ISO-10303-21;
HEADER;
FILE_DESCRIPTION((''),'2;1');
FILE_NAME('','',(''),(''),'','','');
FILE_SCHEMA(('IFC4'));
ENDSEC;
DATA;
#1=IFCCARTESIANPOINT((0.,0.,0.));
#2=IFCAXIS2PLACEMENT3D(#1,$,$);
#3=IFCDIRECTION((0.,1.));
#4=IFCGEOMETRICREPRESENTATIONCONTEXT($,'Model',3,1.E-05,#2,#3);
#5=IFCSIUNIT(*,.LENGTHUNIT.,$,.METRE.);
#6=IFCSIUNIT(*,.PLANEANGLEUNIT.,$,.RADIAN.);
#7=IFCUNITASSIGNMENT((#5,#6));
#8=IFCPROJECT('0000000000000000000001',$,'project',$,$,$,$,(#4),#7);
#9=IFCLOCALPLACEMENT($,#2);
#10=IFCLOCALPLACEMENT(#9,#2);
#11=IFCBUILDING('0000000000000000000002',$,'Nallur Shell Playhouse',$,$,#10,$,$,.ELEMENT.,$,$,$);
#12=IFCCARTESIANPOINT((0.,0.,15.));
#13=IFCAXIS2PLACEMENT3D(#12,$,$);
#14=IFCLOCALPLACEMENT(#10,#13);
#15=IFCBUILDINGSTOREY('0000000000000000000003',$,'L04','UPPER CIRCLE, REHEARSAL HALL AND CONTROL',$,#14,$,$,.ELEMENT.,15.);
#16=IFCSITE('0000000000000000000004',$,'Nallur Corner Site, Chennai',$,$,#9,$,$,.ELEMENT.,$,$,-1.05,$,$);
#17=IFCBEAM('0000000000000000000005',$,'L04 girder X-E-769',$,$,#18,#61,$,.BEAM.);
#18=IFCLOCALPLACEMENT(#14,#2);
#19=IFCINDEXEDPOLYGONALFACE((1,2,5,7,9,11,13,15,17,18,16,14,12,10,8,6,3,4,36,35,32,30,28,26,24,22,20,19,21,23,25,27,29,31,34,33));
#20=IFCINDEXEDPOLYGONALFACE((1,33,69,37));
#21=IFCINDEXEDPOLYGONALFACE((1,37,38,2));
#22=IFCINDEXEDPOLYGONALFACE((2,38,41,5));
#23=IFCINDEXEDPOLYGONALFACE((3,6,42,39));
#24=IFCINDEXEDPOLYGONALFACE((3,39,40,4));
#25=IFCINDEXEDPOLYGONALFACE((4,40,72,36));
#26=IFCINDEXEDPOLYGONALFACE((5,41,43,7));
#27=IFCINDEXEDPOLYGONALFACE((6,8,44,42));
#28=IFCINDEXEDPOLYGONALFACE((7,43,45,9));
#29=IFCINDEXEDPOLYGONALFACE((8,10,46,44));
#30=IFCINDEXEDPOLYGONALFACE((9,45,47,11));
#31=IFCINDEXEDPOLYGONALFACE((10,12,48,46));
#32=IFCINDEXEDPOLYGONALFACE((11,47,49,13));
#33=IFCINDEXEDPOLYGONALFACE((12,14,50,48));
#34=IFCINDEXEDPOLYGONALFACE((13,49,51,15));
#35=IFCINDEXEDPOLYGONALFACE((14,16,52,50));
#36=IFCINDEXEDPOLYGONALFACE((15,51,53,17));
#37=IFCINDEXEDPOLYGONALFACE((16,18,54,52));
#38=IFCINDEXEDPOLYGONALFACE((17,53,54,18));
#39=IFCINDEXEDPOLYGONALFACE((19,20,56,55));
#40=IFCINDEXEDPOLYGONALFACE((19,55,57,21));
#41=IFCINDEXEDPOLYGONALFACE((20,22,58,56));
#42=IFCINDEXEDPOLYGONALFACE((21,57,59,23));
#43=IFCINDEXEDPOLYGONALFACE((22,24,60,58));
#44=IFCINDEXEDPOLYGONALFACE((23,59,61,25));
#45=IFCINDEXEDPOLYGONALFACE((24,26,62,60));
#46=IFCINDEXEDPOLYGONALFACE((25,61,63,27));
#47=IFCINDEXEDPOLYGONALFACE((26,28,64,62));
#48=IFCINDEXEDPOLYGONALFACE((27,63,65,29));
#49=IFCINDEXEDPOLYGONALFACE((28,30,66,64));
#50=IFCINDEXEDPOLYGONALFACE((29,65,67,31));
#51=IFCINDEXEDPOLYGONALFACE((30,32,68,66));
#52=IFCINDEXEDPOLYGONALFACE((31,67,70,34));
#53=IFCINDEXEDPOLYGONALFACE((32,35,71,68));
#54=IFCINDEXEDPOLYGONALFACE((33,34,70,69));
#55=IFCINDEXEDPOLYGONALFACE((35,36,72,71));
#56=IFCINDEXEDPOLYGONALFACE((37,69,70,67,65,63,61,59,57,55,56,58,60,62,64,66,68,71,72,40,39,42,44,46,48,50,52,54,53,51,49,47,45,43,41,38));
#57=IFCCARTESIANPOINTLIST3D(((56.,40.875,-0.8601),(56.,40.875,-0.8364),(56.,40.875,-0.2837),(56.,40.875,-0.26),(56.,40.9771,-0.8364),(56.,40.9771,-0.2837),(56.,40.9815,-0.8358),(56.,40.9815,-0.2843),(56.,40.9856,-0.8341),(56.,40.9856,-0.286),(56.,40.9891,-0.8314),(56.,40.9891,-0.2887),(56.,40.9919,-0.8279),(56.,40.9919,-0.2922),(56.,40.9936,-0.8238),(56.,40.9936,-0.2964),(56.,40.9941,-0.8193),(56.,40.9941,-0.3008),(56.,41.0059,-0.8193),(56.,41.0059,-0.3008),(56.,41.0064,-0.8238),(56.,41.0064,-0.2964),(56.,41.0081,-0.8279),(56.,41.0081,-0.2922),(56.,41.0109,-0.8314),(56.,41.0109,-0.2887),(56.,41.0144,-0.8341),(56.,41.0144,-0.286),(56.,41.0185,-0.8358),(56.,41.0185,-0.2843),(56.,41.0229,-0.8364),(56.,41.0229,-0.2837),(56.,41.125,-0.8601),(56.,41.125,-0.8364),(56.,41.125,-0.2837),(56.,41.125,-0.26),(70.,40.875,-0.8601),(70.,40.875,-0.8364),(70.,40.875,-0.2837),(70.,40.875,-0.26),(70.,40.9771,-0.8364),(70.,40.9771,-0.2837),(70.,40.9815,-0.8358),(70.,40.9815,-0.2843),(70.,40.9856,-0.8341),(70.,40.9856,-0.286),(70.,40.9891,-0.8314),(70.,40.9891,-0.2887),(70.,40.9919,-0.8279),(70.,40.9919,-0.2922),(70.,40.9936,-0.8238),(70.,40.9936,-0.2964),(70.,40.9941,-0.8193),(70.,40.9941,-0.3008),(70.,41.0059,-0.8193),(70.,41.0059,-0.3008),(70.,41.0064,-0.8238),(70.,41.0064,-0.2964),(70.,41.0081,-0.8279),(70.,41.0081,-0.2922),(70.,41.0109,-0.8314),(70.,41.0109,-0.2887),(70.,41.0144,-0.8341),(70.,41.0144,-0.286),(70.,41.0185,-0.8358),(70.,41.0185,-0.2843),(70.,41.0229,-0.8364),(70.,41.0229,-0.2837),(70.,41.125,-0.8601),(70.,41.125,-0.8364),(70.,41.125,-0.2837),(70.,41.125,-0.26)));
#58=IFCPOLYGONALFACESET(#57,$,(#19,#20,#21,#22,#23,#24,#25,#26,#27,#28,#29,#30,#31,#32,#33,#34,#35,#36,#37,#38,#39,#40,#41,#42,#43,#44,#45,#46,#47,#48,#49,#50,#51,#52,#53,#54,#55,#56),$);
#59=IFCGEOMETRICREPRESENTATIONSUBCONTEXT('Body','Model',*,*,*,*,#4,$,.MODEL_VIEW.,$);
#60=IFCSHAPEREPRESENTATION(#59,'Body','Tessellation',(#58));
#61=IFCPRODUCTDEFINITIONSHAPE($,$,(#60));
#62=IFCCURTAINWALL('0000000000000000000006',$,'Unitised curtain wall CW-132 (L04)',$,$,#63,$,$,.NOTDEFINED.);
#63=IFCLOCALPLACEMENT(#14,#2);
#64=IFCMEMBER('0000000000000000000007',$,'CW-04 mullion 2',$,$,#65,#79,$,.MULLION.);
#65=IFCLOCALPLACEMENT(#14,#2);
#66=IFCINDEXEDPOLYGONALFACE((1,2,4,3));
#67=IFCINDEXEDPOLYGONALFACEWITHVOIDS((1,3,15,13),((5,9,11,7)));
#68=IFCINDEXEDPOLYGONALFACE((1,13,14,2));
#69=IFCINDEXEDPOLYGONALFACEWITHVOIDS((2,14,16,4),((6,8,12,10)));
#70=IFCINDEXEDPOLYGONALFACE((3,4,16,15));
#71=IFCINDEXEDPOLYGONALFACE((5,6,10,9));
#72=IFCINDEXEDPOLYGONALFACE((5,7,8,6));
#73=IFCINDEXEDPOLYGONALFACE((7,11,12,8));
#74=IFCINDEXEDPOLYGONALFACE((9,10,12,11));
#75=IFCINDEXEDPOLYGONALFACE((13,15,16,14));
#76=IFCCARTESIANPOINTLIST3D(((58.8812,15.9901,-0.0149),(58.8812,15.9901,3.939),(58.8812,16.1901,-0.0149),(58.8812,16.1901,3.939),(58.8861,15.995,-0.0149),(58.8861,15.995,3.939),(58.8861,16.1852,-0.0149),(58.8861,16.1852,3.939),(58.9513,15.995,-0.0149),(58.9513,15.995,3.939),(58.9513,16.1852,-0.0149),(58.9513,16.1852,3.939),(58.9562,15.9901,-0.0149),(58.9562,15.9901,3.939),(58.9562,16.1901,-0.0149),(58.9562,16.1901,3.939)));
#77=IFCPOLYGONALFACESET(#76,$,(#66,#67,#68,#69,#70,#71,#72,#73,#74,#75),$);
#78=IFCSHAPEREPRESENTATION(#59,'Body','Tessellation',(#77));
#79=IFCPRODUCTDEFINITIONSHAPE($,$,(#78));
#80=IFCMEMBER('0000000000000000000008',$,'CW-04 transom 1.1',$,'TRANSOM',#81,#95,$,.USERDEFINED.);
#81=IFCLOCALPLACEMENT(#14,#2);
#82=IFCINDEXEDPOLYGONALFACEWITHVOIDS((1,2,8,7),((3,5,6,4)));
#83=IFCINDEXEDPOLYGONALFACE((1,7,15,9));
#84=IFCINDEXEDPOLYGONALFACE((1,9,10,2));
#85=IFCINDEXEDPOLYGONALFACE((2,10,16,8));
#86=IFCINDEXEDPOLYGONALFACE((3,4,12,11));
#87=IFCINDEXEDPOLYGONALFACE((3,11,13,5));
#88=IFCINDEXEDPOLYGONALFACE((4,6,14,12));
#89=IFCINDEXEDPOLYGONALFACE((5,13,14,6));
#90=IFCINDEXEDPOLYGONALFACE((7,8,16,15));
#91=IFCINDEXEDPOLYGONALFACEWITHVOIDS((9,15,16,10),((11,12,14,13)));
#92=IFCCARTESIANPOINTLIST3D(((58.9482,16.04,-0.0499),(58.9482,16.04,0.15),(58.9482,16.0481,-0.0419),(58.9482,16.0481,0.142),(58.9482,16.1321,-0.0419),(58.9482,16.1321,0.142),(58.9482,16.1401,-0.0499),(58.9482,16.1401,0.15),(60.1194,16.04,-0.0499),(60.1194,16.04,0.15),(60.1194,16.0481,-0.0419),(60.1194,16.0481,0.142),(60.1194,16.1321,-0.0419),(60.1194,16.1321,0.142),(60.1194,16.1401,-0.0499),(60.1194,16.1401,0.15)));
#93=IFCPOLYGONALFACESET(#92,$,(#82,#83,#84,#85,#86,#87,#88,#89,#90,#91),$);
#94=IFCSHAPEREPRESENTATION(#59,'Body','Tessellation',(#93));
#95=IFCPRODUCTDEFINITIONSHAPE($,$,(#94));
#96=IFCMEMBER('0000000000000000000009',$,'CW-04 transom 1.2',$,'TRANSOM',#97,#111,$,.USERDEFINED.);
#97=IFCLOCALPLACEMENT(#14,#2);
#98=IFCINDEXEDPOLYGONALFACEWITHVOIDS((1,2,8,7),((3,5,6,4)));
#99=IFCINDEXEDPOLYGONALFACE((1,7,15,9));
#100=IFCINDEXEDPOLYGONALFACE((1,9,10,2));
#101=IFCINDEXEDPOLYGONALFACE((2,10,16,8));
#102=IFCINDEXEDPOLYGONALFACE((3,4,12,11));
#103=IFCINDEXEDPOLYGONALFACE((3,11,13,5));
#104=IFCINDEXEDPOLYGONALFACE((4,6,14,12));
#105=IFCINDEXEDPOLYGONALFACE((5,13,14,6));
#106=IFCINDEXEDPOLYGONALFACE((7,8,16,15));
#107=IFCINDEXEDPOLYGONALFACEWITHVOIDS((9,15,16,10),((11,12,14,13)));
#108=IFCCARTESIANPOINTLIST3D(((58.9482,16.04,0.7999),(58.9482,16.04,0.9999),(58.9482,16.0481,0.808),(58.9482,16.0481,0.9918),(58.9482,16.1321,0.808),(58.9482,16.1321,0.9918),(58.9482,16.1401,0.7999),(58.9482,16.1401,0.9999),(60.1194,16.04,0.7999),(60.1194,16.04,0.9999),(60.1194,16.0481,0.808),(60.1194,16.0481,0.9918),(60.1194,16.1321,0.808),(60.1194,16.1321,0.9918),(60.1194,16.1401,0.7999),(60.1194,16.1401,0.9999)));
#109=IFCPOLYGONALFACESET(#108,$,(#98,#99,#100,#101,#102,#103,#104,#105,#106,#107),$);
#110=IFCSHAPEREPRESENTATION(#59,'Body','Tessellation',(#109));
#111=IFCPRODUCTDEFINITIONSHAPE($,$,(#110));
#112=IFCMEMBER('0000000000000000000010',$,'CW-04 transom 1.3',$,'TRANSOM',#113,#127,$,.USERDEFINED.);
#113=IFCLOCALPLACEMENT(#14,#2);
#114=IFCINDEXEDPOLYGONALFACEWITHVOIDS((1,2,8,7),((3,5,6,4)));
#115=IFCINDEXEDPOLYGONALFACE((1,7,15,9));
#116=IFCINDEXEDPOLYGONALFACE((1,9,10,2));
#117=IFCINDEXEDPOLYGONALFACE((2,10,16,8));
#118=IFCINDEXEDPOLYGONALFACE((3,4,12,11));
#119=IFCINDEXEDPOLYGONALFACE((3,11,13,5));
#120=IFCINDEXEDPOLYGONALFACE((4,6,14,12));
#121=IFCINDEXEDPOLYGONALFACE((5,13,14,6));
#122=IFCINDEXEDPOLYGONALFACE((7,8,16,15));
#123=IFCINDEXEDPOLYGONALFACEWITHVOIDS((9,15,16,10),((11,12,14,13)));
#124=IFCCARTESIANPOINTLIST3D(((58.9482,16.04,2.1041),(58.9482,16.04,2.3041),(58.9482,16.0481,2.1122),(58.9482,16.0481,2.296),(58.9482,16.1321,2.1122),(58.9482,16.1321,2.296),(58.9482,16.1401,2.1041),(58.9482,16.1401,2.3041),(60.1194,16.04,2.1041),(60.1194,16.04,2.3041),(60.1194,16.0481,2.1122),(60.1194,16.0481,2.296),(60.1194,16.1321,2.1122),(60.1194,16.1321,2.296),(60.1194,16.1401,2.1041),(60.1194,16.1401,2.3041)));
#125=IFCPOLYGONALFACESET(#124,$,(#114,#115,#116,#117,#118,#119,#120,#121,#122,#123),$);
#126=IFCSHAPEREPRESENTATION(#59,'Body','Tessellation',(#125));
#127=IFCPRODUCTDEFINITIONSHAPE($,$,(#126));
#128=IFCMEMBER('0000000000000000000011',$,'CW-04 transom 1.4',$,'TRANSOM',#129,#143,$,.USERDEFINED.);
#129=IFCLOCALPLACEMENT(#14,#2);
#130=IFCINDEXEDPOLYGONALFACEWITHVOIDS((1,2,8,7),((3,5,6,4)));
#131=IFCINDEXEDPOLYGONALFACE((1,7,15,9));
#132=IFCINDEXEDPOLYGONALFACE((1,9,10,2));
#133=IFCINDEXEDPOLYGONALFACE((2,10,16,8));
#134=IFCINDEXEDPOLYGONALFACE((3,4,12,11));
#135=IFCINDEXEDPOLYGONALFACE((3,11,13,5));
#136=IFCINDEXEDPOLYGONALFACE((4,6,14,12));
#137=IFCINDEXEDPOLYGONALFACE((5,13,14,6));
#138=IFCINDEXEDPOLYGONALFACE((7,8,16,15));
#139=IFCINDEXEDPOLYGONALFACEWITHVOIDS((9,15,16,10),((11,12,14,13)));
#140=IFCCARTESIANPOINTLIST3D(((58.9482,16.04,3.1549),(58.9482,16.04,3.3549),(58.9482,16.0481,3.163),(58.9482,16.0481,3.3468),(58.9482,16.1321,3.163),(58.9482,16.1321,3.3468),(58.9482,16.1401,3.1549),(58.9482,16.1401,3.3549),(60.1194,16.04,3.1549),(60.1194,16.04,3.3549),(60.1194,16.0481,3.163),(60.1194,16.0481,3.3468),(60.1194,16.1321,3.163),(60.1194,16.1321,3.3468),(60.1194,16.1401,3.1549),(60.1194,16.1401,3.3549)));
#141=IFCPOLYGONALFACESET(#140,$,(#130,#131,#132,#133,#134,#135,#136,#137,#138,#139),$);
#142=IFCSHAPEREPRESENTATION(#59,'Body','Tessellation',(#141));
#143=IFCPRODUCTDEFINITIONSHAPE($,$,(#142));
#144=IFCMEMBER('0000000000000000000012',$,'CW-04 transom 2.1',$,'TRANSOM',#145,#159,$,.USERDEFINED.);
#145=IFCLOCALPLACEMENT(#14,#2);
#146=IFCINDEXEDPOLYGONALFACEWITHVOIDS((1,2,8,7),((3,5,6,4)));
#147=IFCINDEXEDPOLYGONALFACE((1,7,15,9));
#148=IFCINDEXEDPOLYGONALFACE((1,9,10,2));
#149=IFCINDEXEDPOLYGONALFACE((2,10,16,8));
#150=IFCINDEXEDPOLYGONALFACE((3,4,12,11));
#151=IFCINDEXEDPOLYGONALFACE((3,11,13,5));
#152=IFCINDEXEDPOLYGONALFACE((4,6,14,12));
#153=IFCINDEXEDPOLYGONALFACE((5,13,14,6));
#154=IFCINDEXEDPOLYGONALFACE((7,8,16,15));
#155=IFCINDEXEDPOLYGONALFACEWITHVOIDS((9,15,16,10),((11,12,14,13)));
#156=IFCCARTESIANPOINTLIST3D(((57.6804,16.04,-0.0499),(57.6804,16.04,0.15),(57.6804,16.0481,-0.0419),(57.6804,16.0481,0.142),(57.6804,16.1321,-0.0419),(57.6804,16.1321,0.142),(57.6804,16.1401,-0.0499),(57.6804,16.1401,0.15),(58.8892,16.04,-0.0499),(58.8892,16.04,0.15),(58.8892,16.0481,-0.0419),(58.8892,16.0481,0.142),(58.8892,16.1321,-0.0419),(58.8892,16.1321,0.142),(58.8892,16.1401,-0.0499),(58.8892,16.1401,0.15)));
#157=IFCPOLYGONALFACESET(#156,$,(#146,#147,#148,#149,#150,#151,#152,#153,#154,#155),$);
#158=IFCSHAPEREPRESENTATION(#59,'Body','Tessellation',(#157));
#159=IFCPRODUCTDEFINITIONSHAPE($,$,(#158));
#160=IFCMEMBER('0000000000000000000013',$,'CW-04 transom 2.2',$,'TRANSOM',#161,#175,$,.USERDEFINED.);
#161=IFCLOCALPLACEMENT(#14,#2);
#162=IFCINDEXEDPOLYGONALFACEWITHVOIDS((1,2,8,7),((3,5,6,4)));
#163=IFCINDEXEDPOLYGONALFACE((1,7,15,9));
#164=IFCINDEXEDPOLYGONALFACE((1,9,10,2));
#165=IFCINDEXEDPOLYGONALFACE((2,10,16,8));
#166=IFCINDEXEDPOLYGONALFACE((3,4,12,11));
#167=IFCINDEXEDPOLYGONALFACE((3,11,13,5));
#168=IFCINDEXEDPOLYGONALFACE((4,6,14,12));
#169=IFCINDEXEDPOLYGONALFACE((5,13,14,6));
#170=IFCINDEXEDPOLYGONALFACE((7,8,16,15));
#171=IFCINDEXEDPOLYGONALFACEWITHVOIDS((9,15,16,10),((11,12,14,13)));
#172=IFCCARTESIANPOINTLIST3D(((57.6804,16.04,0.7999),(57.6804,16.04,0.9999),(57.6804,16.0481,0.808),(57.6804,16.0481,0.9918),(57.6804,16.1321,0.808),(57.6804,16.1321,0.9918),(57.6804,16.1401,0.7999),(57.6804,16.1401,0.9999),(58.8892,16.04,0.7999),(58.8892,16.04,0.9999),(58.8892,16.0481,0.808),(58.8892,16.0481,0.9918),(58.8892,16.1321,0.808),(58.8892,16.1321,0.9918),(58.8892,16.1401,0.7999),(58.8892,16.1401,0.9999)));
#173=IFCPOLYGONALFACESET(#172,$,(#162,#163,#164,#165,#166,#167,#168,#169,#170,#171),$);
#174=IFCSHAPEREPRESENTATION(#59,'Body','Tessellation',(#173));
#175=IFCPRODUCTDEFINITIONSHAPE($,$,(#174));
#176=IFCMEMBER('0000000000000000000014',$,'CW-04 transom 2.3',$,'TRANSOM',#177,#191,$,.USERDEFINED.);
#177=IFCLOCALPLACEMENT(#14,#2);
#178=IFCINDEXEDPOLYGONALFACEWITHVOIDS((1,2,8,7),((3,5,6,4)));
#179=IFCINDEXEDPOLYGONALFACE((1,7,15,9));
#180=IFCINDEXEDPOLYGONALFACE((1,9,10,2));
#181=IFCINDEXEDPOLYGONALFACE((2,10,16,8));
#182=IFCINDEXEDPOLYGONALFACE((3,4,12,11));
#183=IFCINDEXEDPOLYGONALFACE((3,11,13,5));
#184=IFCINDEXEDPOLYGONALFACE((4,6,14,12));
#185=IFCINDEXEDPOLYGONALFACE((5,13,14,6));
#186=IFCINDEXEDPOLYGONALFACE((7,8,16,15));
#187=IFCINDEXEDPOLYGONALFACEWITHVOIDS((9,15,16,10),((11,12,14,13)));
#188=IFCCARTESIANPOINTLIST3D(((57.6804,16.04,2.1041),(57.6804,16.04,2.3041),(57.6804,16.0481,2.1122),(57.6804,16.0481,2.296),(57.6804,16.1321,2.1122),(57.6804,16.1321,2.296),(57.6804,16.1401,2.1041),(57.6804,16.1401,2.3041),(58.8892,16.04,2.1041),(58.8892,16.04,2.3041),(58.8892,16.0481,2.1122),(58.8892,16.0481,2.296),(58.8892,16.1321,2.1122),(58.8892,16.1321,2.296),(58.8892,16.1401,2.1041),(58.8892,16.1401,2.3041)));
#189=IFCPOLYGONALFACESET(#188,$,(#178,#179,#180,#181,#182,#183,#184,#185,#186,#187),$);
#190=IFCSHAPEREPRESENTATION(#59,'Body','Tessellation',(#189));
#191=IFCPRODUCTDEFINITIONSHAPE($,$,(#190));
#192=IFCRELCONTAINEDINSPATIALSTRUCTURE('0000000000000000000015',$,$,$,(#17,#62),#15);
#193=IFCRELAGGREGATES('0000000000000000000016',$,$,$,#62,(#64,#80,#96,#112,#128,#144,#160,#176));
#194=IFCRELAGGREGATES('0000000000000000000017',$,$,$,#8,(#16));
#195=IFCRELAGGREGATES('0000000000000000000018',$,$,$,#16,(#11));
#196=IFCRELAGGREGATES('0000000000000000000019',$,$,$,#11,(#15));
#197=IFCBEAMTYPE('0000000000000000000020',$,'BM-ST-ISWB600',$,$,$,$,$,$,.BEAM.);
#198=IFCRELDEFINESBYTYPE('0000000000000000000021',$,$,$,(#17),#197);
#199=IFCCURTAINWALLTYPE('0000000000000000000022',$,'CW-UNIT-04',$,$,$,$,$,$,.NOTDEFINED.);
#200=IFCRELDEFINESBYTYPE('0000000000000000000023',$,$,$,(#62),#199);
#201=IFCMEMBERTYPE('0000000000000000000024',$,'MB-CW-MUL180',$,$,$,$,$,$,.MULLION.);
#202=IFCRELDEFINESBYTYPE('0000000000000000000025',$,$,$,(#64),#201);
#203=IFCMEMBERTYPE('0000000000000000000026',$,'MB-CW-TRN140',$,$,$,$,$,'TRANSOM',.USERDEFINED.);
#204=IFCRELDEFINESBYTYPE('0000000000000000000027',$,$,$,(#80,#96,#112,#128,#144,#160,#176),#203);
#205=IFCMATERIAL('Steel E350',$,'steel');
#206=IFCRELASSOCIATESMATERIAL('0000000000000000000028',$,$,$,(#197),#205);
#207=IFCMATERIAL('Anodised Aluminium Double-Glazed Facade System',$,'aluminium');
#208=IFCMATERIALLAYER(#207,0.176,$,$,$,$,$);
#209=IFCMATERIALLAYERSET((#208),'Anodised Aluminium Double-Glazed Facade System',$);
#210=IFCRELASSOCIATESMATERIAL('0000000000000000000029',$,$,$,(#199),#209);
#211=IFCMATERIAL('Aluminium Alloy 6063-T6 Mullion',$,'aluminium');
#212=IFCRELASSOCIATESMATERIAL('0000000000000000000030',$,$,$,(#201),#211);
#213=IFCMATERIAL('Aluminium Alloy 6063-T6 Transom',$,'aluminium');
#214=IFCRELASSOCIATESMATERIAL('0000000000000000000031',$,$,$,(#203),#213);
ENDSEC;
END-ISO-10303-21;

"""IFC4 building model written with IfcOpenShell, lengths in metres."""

from ifc_helpers import new_model, si_unit, direction, frame, origin, origin_2d, place, context, subcontext, project, spatial, hollow_rectangle, i_section, extrude, material, layer, layer_set, material_profile, profile_set, type_object, element, aggregate, save


model = new_model("IFC4")

# Units and contexts
model_context = context("Model", 3, precision=1e-05, world=origin(), true_north=direction((0.0, 1.0)))
body_context = subcontext(model_context, "Body", "Model", "MODEL_VIEW")
ifc_project = project(units=[si_unit("LENGTHUNIT", "METRE"), si_unit("PLANEANGLEUNIT", "RADIAN")], contexts=[model_context])

# Site, building, storey
site_placement = place(None, origin())
site = spatial("IfcSite", under=ifc_project, at=site_placement, Name="Nallur Corner Site, Chennai", CompositionType="ELEMENT", RefElevation=-1.05)
building_placement = place(site_placement, origin())
building = spatial("IfcBuilding", under=site, at=building_placement, Name="Nallur Shell Playhouse", CompositionType="ELEMENT")
storey_placement = place(building_placement, frame((0.0, 0.0, 15.0)))
storey = spatial("IfcBuildingStorey", under=building, at=storey_placement, Name="L04", Description="UPPER CIRCLE, REHEARSAL HALL AND CONTROL", CompositionType="ELEMENT", Elevation=15.0)

# Beam
ifc_material_1 = material(Name="Steel E350", Category="steel")
ifc_material_profile_1 = material_profile(ifc_material_1, i_section(OverallWidth=0.25, OverallDepth=0.6001, WebThickness=0.0117, FlangeThickness=0.0237, FilletRadius=0.0171, at=origin_2d()), Name="ISWB 600")
ifc_profile_set_1 = profile_set([ifc_material_profile_1], Name="Steel E350")
beam_type_1 = type_object("IfcBeamType", Name="BM-ST-ISWB600", PredefinedType="BEAM", material=ifc_profile_set_1)
beam_1_placement = place(storey_placement, frame((56.0, 41.0, -0.5601), z_axis=(1.0, 0.0, 0.0), x_axis=(0.0, 1.0, 0.0)))
element("IfcBeam", 1, at=beam_1_placement, inside=storey, type_object=beam_type_1, Name="L04 girder X-E-769", PredefinedType="BEAM", context=body_context, shape_type="SweptSolid", body=[
    extrude(i_section(OverallWidth=0.25, OverallDepth=0.6001, WebThickness=0.0117, FlangeThickness=0.0237, FilletRadius=0.0171, at=origin_2d()), origin(), (0.0, 0.0, 1.0), 14.0),
])

# Curtain wall, members
ifc_material_2 = material(Name="Anodised Aluminium Double-Glazed Facade System", Category="aluminium")
ifc_layer_1 = layer(ifc_material_2, 0.176)
ifc_layer_set_1 = layer_set([ifc_layer_1], Name="Anodised Aluminium Double-Glazed Facade System")
curtain_wall_type = type_object("IfcCurtainWallType", Name="CW-UNIT-04", PredefinedType="NOTDEFINED", material=ifc_layer_set_1)
curtain_wall_placement = place(storey_placement, origin())
curtain_wall = element("IfcCurtainWall", 2, at=curtain_wall_placement, inside=storey, type_object=curtain_wall_type, Name="Unitised curtain wall CW-132 (L04)", PredefinedType="NOTDEFINED")
ifc_material_3 = material(Name="Aluminium Alloy 6063-T6 Mullion", Category="aluminium")
ifc_material_profile_2 = material_profile(ifc_material_3, hollow_rectangle(XDim=0.075, YDim=0.2, WallThickness=0.0049, at=origin_2d()), Name="ALU 75x200x5")
ifc_profile_set_2 = profile_set([ifc_material_profile_2], Name="Aluminium Alloy 6063-T6 Mullion")
member_type_1 = type_object("IfcMemberType", Name="MB-CW-MUL180", PredefinedType="MULLION", material=ifc_profile_set_2)
member_1_placement = place(storey_placement, frame((58.9187, 16.0901, -0.0149), z_axis=(0.0, 0.0, 1.0), x_axis=(-1.0, 0.0, 0.0)))
member_1 = element("IfcMember", 3, at=member_1_placement, type_object=member_type_1, Name="CW-04 mullion 2", PredefinedType="MULLION", context=body_context, shape_type="SweptSolid", body=[
    extrude(hollow_rectangle(XDim=0.075, YDim=0.2, WallThickness=0.0049, at=origin_2d()), origin(), (0.0, 0.0, 1.0), 3.9539),
])
ifc_material_4 = material(Name="Aluminium Alloy 6063-T6 Transom", Category="aluminium")
ifc_material_profile_3 = material_profile(ifc_material_4, hollow_rectangle(XDim=0.1001, YDim=0.2, WallThickness=0.0081, at=origin_2d()), Name="RHS 200x100x8")
ifc_profile_set_3 = profile_set([ifc_material_profile_3], Name="Aluminium Alloy 6063-T6 Transom")
member_type_2 = type_object("IfcMemberType", Name="MB-CW-TRN140", ElementType="TRANSOM", PredefinedType="USERDEFINED", material=ifc_profile_set_3)
member_2_placement = place(storey_placement, frame((60.1194, 16.0901, 0.05), z_axis=(-1.0, 0.0, 0.0), x_axis=(0.0, -1.0, 0.0)))
member_2 = element("IfcMember", 4, at=member_2_placement, type_object=member_type_2, Name="CW-04 transom 1.1", ObjectType="TRANSOM", PredefinedType="USERDEFINED", context=body_context, shape_type="SweptSolid", body=[
    extrude(hollow_rectangle(XDim=0.1001, YDim=0.2, WallThickness=0.0081, at=origin_2d()), origin(), (0.0, 0.0, 1.0), 1.1711),
])
member_3_placement = place(storey_placement, frame((60.1194, 16.0901, 0.8999), z_axis=(-1.0, 0.0, 0.0), x_axis=(0.0, -1.0, 0.0)))
member_3 = element("IfcMember", 5, at=member_3_placement, type_object=member_type_2, Name="CW-04 transom 1.2", ObjectType="TRANSOM", PredefinedType="USERDEFINED", context=body_context, shape_type="SweptSolid", body=[
    extrude(hollow_rectangle(XDim=0.1001, YDim=0.2, WallThickness=0.0081, at=origin_2d()), origin(), (0.0, 0.0, 1.0), 1.1711),
])
member_4_placement = place(storey_placement, frame((60.1194, 16.0901, 2.2041), z_axis=(-1.0, 0.0, 0.0), x_axis=(0.0, -1.0, 0.0)))
member_4 = element("IfcMember", 6, at=member_4_placement, type_object=member_type_2, Name="CW-04 transom 1.3", ObjectType="TRANSOM", PredefinedType="USERDEFINED", context=body_context, shape_type="SweptSolid", body=[
    extrude(hollow_rectangle(XDim=0.1001, YDim=0.2, WallThickness=0.0081, at=origin_2d()), origin(), (0.0, 0.0, 1.0), 1.1711),
])
member_5_placement = place(storey_placement, frame((60.1194, 16.0901, 3.2549), z_axis=(-1.0, 0.0, 0.0), x_axis=(0.0, -1.0, 0.0)))
member_5 = element("IfcMember", 7, at=member_5_placement, type_object=member_type_2, Name="CW-04 transom 1.4", ObjectType="TRANSOM", PredefinedType="USERDEFINED", context=body_context, shape_type="SweptSolid", body=[
    extrude(hollow_rectangle(XDim=0.1001, YDim=0.2, WallThickness=0.0081, at=origin_2d()), origin(), (0.0, 0.0, 1.0), 1.1711),
])
member_6_placement = place(storey_placement, frame((58.8892, 16.0901, 0.05), z_axis=(-1.0, 0.0, 0.0), x_axis=(0.0, -1.0, 0.0)))
member_6 = element("IfcMember", 8, at=member_6_placement, type_object=member_type_2, Name="CW-04 transom 2.1", ObjectType="TRANSOM", PredefinedType="USERDEFINED", context=body_context, shape_type="SweptSolid", body=[
    extrude(hollow_rectangle(XDim=0.1001, YDim=0.2, WallThickness=0.0081, at=origin_2d()), origin(), (0.0, 0.0, 1.0), 1.2087),
])
member_7_placement = place(storey_placement, frame((58.8892, 16.0901, 0.8999), z_axis=(-1.0, 0.0, 0.0), x_axis=(0.0, -1.0, 0.0)))
member_7 = element("IfcMember", 9, at=member_7_placement, type_object=member_type_2, Name="CW-04 transom 2.2", ObjectType="TRANSOM", PredefinedType="USERDEFINED", context=body_context, shape_type="SweptSolid", body=[
    extrude(hollow_rectangle(XDim=0.1001, YDim=0.2, WallThickness=0.0081, at=origin_2d()), origin(), (0.0, 0.0, 1.0), 1.2087),
])
member_8_placement = place(storey_placement, frame((58.8892, 16.0901, 2.2041), z_axis=(-1.0, 0.0, 0.0), x_axis=(0.0, -1.0, 0.0)))
member_8 = element("IfcMember", 10, at=member_8_placement, type_object=member_type_2, Name="CW-04 transom 2.3", ObjectType="TRANSOM", PredefinedType="USERDEFINED", context=body_context, shape_type="SweptSolid", body=[
    extrude(hollow_rectangle(XDim=0.1001, YDim=0.2, WallThickness=0.0081, at=origin_2d()), origin(), (0.0, 0.0, 1.0), 1.2087),
])
aggregate(curtain_wall, [member_1, member_2, member_3, member_4, member_5, member_6, member_7, member_8])

save(model, "model.ifc")
